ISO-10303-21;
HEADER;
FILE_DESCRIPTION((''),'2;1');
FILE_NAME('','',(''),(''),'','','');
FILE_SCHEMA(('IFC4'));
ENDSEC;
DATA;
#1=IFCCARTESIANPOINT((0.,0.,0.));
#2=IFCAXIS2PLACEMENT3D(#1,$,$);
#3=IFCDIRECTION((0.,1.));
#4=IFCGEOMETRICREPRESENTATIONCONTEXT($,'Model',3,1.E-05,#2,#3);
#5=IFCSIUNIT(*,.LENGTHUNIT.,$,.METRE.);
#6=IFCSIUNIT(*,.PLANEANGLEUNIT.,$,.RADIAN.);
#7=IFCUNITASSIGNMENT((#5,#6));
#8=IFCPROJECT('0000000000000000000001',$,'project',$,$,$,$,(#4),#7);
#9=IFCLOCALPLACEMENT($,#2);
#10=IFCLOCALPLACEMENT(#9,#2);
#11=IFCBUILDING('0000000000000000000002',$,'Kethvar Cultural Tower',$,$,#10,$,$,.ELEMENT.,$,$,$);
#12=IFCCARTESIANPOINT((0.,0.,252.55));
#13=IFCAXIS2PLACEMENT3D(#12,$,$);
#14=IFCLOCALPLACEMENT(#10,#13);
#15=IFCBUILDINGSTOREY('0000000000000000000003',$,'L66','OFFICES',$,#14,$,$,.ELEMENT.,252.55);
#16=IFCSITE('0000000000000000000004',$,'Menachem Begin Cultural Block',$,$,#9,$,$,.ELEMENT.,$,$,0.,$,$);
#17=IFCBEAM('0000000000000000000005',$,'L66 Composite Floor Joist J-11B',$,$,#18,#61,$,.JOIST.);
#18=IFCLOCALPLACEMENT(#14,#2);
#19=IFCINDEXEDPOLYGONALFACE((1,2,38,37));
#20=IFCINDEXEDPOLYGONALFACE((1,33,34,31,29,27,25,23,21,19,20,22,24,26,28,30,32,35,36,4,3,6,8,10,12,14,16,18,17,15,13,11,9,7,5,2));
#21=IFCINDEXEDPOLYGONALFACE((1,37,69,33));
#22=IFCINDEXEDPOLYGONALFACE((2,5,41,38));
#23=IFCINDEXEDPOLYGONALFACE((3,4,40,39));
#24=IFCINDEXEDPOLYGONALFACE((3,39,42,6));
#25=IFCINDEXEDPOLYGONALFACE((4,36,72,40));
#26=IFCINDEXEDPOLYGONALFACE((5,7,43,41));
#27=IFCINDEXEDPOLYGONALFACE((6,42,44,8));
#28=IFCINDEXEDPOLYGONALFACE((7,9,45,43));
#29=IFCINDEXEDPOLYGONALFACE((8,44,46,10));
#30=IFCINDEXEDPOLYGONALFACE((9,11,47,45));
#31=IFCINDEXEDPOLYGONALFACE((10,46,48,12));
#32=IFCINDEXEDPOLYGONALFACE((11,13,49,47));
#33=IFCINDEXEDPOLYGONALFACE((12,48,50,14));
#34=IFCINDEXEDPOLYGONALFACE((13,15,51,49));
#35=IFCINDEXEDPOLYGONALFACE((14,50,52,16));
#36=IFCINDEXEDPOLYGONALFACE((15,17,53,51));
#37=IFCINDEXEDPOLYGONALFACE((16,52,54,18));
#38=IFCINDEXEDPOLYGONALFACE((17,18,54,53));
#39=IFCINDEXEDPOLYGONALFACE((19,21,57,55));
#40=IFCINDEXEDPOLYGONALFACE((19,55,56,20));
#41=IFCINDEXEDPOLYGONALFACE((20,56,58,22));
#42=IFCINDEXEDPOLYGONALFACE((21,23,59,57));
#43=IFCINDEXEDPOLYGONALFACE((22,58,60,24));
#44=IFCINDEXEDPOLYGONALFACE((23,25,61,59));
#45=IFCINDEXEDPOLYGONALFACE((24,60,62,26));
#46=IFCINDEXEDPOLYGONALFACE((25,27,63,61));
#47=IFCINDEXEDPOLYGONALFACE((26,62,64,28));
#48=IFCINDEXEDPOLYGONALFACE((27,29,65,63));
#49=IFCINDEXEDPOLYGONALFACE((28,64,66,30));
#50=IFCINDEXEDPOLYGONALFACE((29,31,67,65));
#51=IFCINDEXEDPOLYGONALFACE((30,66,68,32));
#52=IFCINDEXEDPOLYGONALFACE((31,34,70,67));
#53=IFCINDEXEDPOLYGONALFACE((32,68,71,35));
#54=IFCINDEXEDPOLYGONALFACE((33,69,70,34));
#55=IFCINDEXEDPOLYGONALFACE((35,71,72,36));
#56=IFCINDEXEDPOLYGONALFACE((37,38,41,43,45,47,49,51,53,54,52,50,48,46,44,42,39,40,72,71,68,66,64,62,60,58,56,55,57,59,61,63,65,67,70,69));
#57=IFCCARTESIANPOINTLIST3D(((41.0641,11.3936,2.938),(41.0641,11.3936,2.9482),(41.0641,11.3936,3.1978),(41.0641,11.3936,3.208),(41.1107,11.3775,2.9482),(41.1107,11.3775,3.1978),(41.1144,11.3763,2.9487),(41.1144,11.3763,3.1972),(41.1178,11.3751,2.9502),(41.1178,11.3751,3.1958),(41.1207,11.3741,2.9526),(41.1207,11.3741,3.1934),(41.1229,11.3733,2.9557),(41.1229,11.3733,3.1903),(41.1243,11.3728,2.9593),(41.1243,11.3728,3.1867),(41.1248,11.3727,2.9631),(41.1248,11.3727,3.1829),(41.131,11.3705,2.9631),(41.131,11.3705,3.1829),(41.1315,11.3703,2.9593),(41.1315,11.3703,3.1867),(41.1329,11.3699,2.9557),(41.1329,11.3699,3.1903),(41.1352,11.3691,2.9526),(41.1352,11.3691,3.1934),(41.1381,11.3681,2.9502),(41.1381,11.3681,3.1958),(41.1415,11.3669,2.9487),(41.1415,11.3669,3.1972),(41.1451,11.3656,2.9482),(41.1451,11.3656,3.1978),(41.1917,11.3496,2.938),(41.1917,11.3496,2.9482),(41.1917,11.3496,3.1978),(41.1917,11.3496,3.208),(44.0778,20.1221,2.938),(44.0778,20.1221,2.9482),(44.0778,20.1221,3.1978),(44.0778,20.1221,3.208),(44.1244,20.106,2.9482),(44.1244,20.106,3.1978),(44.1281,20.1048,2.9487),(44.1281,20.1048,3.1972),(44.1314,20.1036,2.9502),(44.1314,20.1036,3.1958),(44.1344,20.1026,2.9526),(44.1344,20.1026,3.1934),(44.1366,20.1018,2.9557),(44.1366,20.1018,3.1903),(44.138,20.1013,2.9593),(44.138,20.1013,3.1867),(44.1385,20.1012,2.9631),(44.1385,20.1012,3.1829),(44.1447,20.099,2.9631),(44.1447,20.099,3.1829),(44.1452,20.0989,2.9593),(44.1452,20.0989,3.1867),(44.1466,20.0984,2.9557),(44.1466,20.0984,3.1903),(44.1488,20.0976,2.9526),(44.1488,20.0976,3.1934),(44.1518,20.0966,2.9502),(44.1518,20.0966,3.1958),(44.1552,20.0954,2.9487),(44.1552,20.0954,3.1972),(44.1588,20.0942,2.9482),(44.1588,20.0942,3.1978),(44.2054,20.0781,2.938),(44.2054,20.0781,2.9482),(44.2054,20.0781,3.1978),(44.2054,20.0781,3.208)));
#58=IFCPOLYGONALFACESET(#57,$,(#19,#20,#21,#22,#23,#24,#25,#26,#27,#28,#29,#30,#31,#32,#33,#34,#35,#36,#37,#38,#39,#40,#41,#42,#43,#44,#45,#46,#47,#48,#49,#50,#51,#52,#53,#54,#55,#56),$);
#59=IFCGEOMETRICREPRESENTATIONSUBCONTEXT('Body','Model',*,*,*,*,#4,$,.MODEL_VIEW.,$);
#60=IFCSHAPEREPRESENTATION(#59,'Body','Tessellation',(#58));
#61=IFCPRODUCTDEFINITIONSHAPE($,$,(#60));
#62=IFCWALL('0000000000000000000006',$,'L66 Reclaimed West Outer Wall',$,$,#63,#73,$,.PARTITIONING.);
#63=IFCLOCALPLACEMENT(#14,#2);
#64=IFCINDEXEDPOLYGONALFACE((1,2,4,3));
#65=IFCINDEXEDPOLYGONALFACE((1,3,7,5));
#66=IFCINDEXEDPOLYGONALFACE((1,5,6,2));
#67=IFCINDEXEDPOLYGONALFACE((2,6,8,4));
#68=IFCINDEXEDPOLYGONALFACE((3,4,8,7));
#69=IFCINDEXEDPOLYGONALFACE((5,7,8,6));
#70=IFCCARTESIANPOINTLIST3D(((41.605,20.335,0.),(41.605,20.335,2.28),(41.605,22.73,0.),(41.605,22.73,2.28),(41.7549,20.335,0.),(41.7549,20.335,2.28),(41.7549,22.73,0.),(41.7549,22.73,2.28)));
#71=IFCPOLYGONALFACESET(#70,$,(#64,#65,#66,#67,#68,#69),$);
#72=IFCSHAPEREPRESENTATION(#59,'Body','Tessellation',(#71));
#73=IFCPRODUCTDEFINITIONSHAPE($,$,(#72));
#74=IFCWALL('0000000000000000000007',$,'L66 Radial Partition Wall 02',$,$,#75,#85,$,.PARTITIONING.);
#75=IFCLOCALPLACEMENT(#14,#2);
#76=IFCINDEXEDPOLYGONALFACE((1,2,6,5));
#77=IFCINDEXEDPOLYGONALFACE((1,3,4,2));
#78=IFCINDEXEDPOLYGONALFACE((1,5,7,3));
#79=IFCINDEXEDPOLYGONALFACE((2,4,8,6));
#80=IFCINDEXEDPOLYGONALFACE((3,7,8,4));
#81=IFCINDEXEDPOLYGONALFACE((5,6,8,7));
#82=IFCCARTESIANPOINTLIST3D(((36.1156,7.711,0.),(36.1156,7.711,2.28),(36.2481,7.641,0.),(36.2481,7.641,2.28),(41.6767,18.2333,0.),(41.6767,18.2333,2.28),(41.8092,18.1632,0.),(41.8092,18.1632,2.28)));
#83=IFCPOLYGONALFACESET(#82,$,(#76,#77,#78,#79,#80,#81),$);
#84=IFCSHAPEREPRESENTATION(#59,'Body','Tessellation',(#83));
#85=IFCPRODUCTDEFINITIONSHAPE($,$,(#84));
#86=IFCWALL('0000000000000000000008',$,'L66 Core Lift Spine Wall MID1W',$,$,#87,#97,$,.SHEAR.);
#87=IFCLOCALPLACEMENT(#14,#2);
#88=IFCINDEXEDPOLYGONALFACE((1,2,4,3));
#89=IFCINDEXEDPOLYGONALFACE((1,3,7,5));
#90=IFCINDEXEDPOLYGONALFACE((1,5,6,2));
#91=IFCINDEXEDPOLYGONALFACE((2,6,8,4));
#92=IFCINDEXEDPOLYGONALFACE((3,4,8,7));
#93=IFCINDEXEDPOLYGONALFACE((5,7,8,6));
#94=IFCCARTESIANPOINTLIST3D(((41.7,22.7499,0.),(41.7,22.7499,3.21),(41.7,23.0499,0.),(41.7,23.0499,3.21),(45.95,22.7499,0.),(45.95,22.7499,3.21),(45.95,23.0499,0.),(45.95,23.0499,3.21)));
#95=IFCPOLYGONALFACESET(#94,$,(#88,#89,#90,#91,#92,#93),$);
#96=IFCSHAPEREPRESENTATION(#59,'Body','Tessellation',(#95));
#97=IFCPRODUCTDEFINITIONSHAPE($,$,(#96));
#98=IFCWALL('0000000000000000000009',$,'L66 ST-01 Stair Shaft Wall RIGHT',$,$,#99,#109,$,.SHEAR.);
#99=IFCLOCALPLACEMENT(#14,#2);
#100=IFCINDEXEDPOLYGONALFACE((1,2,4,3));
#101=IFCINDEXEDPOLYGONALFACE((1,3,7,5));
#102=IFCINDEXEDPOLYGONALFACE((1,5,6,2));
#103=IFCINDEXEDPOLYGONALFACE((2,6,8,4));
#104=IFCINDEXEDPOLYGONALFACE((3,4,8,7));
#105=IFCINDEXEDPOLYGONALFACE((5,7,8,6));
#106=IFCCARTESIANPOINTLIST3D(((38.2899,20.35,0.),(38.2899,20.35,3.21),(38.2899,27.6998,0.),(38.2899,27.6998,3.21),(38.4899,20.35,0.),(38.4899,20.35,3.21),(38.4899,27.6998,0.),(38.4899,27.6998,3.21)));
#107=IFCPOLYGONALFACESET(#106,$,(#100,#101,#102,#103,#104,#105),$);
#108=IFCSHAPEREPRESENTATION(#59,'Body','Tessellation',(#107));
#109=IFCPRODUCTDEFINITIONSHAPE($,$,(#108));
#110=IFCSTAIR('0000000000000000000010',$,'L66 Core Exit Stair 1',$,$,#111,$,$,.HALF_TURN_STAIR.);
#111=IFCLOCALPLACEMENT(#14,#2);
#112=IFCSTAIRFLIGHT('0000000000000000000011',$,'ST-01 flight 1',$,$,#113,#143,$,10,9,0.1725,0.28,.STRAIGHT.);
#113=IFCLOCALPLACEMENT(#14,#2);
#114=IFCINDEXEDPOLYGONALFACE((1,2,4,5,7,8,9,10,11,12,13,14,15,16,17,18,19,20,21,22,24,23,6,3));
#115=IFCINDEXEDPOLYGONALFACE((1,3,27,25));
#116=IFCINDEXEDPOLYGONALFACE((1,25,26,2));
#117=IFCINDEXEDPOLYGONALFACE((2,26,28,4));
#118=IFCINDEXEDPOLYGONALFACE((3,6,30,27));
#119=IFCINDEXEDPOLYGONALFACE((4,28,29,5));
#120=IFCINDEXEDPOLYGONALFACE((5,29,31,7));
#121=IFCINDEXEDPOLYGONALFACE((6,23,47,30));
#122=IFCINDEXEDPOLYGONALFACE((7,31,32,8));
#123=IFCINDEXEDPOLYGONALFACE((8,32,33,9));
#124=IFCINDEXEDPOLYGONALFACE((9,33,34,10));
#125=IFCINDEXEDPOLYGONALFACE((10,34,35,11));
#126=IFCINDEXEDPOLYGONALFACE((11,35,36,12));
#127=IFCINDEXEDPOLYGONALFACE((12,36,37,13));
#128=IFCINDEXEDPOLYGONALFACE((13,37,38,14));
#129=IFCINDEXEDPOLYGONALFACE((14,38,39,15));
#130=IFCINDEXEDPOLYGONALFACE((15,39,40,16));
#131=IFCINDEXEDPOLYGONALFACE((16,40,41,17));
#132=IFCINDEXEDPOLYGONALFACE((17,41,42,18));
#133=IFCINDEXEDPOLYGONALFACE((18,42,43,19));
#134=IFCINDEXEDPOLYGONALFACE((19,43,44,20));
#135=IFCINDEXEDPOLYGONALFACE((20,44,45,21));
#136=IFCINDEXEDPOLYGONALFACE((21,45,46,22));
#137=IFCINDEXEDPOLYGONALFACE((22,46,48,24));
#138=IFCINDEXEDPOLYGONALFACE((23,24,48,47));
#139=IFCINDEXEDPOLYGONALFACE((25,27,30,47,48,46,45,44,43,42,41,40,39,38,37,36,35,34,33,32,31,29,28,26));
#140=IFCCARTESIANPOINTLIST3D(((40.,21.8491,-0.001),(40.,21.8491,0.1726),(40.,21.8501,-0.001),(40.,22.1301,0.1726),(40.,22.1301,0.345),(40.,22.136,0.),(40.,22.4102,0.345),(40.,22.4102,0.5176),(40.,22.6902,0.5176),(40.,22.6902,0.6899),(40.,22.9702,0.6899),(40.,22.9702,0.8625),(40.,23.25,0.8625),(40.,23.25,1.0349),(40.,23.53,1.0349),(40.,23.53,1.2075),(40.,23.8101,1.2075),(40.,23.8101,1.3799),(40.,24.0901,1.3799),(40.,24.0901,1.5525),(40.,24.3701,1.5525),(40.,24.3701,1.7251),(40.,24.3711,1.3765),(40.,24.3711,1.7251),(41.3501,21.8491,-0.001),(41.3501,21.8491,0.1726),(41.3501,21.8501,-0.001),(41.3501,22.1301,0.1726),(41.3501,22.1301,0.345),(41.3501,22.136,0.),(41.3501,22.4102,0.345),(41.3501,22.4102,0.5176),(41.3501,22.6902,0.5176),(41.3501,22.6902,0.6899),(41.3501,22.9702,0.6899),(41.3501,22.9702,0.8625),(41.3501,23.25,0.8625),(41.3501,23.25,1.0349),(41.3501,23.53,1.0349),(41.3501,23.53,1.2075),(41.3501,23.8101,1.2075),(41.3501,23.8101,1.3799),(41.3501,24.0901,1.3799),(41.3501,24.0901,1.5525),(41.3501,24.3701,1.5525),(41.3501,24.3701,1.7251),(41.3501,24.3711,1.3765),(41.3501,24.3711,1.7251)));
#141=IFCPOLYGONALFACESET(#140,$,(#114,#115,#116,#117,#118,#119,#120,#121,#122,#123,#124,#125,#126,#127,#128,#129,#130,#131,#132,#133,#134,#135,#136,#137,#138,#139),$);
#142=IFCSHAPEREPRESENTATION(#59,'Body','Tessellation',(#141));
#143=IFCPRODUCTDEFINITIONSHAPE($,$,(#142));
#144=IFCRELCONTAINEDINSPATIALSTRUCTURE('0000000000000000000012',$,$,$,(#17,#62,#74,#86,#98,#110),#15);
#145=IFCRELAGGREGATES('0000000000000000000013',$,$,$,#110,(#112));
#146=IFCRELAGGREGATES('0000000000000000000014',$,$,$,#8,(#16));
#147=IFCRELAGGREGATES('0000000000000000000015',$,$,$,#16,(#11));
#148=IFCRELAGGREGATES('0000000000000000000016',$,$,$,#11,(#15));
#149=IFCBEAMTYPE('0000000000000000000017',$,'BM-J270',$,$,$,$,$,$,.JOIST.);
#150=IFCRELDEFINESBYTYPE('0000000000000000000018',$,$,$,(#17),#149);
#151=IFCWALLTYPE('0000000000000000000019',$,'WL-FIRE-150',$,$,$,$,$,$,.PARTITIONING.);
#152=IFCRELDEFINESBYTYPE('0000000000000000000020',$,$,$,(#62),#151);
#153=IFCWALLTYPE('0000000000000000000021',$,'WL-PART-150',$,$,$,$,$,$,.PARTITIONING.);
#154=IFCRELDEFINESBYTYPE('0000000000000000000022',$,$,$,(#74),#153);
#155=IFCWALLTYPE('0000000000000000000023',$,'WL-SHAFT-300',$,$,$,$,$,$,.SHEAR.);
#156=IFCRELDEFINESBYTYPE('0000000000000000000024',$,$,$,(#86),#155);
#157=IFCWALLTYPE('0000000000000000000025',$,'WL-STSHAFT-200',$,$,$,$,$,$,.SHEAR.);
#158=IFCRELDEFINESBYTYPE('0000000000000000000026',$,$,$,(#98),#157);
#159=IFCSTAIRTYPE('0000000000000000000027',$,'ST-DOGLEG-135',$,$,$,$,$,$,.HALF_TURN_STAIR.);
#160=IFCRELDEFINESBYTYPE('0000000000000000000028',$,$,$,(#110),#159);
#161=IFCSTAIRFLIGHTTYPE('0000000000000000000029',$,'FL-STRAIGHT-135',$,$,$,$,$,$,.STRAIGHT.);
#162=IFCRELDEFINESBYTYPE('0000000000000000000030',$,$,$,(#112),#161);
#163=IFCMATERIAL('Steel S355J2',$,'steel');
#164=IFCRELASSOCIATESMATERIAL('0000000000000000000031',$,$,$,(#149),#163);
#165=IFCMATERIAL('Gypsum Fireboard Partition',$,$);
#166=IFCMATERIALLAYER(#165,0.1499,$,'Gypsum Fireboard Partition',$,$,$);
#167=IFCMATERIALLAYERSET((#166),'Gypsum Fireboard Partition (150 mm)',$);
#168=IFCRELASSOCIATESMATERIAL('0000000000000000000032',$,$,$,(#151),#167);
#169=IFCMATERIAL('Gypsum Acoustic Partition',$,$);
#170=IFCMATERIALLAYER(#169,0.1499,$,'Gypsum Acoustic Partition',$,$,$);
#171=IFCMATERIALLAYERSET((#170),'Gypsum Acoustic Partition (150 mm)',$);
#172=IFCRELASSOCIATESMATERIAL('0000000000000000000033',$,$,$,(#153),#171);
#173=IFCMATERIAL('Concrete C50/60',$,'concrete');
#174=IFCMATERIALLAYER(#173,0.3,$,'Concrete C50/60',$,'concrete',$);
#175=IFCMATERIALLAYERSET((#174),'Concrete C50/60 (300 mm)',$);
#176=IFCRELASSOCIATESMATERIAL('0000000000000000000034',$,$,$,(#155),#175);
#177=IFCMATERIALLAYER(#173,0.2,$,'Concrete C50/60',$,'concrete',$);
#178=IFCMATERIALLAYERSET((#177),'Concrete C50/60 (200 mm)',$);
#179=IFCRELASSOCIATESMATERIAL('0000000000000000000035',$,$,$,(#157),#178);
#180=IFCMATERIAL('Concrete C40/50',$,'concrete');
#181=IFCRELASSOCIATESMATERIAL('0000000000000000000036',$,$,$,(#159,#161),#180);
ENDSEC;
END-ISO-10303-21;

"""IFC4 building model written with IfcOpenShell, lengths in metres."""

from ifc_helpers import new_model, si_unit, direction, frame, frame_2d, origin, origin_2d, place, context, subcontext, project, spatial, polyline, rectangle, i_section, outline, extrude, source, transform, mapped, material, layer, layer_set, material_profile, profile_set, type_object, element, aggregate, save


model = new_model("IFC4")

# Units and contexts
model_context = context("Model", 3, precision=1e-05, world=origin(), true_north=direction((0.0, 1.0)))
body_context = subcontext(model_context, "Body", "Model", "MODEL_VIEW")
ifc_project = project(units=[si_unit("LENGTHUNIT", "METRE"), si_unit("PLANEANGLEUNIT", "RADIAN")], contexts=[model_context])

# Site, building, storey
site_placement = place(None, origin())
site = spatial("IfcSite", under=ifc_project, at=site_placement, Name="Menachem Begin Cultural Block", CompositionType="ELEMENT", RefElevation=0.0)
building_placement = place(site_placement, origin())
building = spatial("IfcBuilding", under=site, at=building_placement, Name="Kethvar Cultural Tower", CompositionType="ELEMENT")
storey_placement = place(building_placement, frame((0.0, 0.0, 252.55)))
storey = spatial("IfcBuildingStorey", under=building, at=storey_placement, Name="L66", Description="OFFICES", CompositionType="ELEMENT", Elevation=252.55)

# Beam
ifc_material_1 = material(Name="Steel S355J2", Category="steel")
ifc_material_profile_1 = material_profile(ifc_material_1, i_section(OverallWidth=0.135, OverallDepth=0.27, WebThickness=0.0066, FlangeThickness=0.0103, FilletRadius=0.0149, at=origin_2d()), Name="Steel S355J2 — IPE270")
ifc_profile_set_1 = profile_set([ifc_material_profile_1], Name="Steel S355J2 — IPE270")
beam_type_1 = type_object("IfcBeamType", Name="BM-J270", PredefinedType="JOIST", material=ifc_profile_set_1)
shared_shape_1 = source(origin(), body_context, "Body", "SweptSolid", [
    extrude(i_section(OverallWidth=0.135, OverallDepth=0.27, WebThickness=0.0066, FlangeThickness=0.0103, FilletRadius=0.0149, at=origin_2d()), origin(), (0.0, 0.0, 1.0), 9.2341),
])
beam_1_placement = place(storey_placement, frame((44.1416, 20.1001, 3.073), z_axis=(-0.326362, -0.945245, 0.0), x_axis=(0.945245, -0.326362, 0.0)))
element("IfcBeam", 1, at=beam_1_placement, inside=storey, type_object=beam_type_1, Name="L66 Composite Floor Joist J-11B", PredefinedType="JOIST", context=body_context, shape_type="MappedRepresentation", body=[
    mapped(shared_shape_1, transform((0.0, 0.0, 0.0), scale=1.0)),
])

# Wall
ifc_material_2 = material(Name="Gypsum Fireboard Partition")
ifc_layer_1 = layer(ifc_material_2, 0.1499, Name="Gypsum Fireboard Partition")
ifc_layer_set_1 = layer_set([ifc_layer_1], Name="Gypsum Fireboard Partition (150 mm)")
wall_type_1 = type_object("IfcWallType", Name="WL-FIRE-150", PredefinedType="PARTITIONING", material=ifc_layer_set_1)
wall_1_placement = place(storey_placement, frame((41.6799, 20.335, 0.0), z_axis=(0.0, 0.0, 1.0), x_axis=(0.0, 1.0, 0.0)))
element("IfcWall", 2, at=wall_1_placement, inside=storey, type_object=wall_type_1, Name="L66 Reclaimed West Outer Wall", PredefinedType="PARTITIONING", context=body_context, shape_type="SweptSolid", body=[
    extrude(rectangle(XDim=2.395, YDim=0.1499, at=frame_2d((1.1975, 0.0))), origin(), (0.0, 0.0, 1.0), 2.28),
])

# Walls
ifc_material_3 = material(Name="Gypsum Acoustic Partition")
ifc_layer_2 = layer(ifc_material_3, 0.1499, Name="Gypsum Acoustic Partition")
ifc_layer_set_2 = layer_set([ifc_layer_2], Name="Gypsum Acoustic Partition (150 mm)")
wall_type_2 = type_object("IfcWallType", Name="WL-PART-150", PredefinedType="PARTITIONING", material=ifc_layer_set_2)
wall_2_placement = place(storey_placement, frame((41.7429, 18.1982, 0.0), z_axis=(0.0, 0.0, 1.0), x_axis=(-0.467261, -0.88412, 0.0)))
element("IfcWall", 3, at=wall_2_placement, inside=storey, type_object=wall_type_2, Name="L66 Radial Partition Wall 02", PredefinedType="PARTITIONING", context=body_context, shape_type="SweptSolid", body=[
    extrude(rectangle(XDim=11.9014, YDim=0.1499, at=frame_2d((5.9507, 0.0))), origin(), (0.0, 0.0, 1.0), 2.28),
])
ifc_material_4 = material(Name="Concrete C50/60", Category="concrete")
ifc_layer_3 = layer(ifc_material_4, 0.3, Name="Concrete C50/60", Category="concrete")
ifc_layer_set_3 = layer_set([ifc_layer_3], Name="Concrete C50/60 (300 mm)")
wall_type_3 = type_object("IfcWallType", Name="WL-SHAFT-300", PredefinedType="SHEAR", material=ifc_layer_set_3)
wall_3_placement = place(storey_placement, frame((41.7, 22.8999, 0.0), z_axis=(0.0, 0.0, 1.0), x_axis=(1.0, 0.0, 0.0)))
element("IfcWall", 4, at=wall_3_placement, inside=storey, type_object=wall_type_3, Name="L66 Core Lift Spine Wall MID1W", PredefinedType="SHEAR", context=body_context, shape_type="SweptSolid", body=[
    extrude(rectangle(XDim=4.25, YDim=0.3, at=frame_2d((2.125, 0.0))), origin(), (0.0, 0.0, 1.0), 3.21),
])
ifc_layer_4 = layer(ifc_material_4, 0.2, Name="Concrete C50/60", Category="concrete")
ifc_layer_set_4 = layer_set([ifc_layer_4], Name="Concrete C50/60 (200 mm)")
wall_type_4 = type_object("IfcWallType", Name="WL-STSHAFT-200", PredefinedType="SHEAR", material=ifc_layer_set_4)
wall_4_placement = place(storey_placement, frame((38.3899, 20.3501, 0.0), z_axis=(0.0, 0.0, 1.0), x_axis=(0.0, 1.0, 0.0)))
element("IfcWall", 5, at=wall_4_placement, inside=storey, type_object=wall_type_4, Name="L66 ST-01 Stair Shaft Wall RIGHT", PredefinedType="SHEAR", context=body_context, shape_type="SweptSolid", body=[
    extrude(rectangle(XDim=7.3499, YDim=0.2, at=frame_2d((3.6748, 0.0))), origin(), (0.0, 0.0, 1.0), 3.21),
])

# Stair, stair flight
ifc_material_5 = material(Name="Concrete C40/50", Category="concrete")
stair_type = type_object("IfcStairType", Name="ST-DOGLEG-135", PredefinedType="HALF_TURN_STAIR", material=ifc_material_5)
stair_placement = place(storey_placement, origin())
stair = element("IfcStair", 6, at=stair_placement, inside=storey, type_object=stair_type, Name="L66 Core Exit Stair 1", PredefinedType="HALF_TURN_STAIR")
stair_flight_type = type_object("IfcStairFlightType", Name="FL-STRAIGHT-135", PredefinedType="STRAIGHT", material=ifc_material_5)
stair_flight_placement = place(storey_placement, frame((40.675, 21.8501, 0.0), z_axis=(0.0, 0.0, 1.0), x_axis=(0.0, 1.0, 0.0)))
stair_flight = element("IfcStairFlight", 7, at=stair_flight_placement, type_object=stair_flight_type, Name="ST-01 flight 1", NumberOfRisers=10, NumberOfTreads=9, PredefinedType="STRAIGHT", RiserHeight=0.1725, TreadLength=0.28, context=body_context, shape_type="SweptSolid", body=[
    extrude(outline(polyline([(-0.001, -0.001), (-0.001, 0.1726), (0.28, 0.1726), (0.28, 0.345), (0.5601, 0.345), (0.5601, 0.5176), (0.8401, 0.5176), (0.8401, 0.6899), (1.1201, 0.6899), (1.1201, 0.8625), (1.3999, 0.8625), (1.3999, 1.0349), (1.6799, 1.0349), (1.6799, 1.2075), (1.96, 1.2075), (1.96, 1.3799), (2.24, 1.3799), (2.24, 1.5525), (2.52, 1.5525), (2.52, 1.7251), (2.521, 1.7251), (2.521, 1.3765), (0.2859, 0.0), (0.0, -0.001), (-0.001, -0.001)])), frame((0.0, 0.675, 0.0), z_axis=(0.0, -1.0, 0.0), x_axis=(1.0, 0.0, 0.0)), (0.0, 0.0, 1.0), 1.3501),
])
aggregate(stair, [stair_flight])

save(model, "model.ifc")
